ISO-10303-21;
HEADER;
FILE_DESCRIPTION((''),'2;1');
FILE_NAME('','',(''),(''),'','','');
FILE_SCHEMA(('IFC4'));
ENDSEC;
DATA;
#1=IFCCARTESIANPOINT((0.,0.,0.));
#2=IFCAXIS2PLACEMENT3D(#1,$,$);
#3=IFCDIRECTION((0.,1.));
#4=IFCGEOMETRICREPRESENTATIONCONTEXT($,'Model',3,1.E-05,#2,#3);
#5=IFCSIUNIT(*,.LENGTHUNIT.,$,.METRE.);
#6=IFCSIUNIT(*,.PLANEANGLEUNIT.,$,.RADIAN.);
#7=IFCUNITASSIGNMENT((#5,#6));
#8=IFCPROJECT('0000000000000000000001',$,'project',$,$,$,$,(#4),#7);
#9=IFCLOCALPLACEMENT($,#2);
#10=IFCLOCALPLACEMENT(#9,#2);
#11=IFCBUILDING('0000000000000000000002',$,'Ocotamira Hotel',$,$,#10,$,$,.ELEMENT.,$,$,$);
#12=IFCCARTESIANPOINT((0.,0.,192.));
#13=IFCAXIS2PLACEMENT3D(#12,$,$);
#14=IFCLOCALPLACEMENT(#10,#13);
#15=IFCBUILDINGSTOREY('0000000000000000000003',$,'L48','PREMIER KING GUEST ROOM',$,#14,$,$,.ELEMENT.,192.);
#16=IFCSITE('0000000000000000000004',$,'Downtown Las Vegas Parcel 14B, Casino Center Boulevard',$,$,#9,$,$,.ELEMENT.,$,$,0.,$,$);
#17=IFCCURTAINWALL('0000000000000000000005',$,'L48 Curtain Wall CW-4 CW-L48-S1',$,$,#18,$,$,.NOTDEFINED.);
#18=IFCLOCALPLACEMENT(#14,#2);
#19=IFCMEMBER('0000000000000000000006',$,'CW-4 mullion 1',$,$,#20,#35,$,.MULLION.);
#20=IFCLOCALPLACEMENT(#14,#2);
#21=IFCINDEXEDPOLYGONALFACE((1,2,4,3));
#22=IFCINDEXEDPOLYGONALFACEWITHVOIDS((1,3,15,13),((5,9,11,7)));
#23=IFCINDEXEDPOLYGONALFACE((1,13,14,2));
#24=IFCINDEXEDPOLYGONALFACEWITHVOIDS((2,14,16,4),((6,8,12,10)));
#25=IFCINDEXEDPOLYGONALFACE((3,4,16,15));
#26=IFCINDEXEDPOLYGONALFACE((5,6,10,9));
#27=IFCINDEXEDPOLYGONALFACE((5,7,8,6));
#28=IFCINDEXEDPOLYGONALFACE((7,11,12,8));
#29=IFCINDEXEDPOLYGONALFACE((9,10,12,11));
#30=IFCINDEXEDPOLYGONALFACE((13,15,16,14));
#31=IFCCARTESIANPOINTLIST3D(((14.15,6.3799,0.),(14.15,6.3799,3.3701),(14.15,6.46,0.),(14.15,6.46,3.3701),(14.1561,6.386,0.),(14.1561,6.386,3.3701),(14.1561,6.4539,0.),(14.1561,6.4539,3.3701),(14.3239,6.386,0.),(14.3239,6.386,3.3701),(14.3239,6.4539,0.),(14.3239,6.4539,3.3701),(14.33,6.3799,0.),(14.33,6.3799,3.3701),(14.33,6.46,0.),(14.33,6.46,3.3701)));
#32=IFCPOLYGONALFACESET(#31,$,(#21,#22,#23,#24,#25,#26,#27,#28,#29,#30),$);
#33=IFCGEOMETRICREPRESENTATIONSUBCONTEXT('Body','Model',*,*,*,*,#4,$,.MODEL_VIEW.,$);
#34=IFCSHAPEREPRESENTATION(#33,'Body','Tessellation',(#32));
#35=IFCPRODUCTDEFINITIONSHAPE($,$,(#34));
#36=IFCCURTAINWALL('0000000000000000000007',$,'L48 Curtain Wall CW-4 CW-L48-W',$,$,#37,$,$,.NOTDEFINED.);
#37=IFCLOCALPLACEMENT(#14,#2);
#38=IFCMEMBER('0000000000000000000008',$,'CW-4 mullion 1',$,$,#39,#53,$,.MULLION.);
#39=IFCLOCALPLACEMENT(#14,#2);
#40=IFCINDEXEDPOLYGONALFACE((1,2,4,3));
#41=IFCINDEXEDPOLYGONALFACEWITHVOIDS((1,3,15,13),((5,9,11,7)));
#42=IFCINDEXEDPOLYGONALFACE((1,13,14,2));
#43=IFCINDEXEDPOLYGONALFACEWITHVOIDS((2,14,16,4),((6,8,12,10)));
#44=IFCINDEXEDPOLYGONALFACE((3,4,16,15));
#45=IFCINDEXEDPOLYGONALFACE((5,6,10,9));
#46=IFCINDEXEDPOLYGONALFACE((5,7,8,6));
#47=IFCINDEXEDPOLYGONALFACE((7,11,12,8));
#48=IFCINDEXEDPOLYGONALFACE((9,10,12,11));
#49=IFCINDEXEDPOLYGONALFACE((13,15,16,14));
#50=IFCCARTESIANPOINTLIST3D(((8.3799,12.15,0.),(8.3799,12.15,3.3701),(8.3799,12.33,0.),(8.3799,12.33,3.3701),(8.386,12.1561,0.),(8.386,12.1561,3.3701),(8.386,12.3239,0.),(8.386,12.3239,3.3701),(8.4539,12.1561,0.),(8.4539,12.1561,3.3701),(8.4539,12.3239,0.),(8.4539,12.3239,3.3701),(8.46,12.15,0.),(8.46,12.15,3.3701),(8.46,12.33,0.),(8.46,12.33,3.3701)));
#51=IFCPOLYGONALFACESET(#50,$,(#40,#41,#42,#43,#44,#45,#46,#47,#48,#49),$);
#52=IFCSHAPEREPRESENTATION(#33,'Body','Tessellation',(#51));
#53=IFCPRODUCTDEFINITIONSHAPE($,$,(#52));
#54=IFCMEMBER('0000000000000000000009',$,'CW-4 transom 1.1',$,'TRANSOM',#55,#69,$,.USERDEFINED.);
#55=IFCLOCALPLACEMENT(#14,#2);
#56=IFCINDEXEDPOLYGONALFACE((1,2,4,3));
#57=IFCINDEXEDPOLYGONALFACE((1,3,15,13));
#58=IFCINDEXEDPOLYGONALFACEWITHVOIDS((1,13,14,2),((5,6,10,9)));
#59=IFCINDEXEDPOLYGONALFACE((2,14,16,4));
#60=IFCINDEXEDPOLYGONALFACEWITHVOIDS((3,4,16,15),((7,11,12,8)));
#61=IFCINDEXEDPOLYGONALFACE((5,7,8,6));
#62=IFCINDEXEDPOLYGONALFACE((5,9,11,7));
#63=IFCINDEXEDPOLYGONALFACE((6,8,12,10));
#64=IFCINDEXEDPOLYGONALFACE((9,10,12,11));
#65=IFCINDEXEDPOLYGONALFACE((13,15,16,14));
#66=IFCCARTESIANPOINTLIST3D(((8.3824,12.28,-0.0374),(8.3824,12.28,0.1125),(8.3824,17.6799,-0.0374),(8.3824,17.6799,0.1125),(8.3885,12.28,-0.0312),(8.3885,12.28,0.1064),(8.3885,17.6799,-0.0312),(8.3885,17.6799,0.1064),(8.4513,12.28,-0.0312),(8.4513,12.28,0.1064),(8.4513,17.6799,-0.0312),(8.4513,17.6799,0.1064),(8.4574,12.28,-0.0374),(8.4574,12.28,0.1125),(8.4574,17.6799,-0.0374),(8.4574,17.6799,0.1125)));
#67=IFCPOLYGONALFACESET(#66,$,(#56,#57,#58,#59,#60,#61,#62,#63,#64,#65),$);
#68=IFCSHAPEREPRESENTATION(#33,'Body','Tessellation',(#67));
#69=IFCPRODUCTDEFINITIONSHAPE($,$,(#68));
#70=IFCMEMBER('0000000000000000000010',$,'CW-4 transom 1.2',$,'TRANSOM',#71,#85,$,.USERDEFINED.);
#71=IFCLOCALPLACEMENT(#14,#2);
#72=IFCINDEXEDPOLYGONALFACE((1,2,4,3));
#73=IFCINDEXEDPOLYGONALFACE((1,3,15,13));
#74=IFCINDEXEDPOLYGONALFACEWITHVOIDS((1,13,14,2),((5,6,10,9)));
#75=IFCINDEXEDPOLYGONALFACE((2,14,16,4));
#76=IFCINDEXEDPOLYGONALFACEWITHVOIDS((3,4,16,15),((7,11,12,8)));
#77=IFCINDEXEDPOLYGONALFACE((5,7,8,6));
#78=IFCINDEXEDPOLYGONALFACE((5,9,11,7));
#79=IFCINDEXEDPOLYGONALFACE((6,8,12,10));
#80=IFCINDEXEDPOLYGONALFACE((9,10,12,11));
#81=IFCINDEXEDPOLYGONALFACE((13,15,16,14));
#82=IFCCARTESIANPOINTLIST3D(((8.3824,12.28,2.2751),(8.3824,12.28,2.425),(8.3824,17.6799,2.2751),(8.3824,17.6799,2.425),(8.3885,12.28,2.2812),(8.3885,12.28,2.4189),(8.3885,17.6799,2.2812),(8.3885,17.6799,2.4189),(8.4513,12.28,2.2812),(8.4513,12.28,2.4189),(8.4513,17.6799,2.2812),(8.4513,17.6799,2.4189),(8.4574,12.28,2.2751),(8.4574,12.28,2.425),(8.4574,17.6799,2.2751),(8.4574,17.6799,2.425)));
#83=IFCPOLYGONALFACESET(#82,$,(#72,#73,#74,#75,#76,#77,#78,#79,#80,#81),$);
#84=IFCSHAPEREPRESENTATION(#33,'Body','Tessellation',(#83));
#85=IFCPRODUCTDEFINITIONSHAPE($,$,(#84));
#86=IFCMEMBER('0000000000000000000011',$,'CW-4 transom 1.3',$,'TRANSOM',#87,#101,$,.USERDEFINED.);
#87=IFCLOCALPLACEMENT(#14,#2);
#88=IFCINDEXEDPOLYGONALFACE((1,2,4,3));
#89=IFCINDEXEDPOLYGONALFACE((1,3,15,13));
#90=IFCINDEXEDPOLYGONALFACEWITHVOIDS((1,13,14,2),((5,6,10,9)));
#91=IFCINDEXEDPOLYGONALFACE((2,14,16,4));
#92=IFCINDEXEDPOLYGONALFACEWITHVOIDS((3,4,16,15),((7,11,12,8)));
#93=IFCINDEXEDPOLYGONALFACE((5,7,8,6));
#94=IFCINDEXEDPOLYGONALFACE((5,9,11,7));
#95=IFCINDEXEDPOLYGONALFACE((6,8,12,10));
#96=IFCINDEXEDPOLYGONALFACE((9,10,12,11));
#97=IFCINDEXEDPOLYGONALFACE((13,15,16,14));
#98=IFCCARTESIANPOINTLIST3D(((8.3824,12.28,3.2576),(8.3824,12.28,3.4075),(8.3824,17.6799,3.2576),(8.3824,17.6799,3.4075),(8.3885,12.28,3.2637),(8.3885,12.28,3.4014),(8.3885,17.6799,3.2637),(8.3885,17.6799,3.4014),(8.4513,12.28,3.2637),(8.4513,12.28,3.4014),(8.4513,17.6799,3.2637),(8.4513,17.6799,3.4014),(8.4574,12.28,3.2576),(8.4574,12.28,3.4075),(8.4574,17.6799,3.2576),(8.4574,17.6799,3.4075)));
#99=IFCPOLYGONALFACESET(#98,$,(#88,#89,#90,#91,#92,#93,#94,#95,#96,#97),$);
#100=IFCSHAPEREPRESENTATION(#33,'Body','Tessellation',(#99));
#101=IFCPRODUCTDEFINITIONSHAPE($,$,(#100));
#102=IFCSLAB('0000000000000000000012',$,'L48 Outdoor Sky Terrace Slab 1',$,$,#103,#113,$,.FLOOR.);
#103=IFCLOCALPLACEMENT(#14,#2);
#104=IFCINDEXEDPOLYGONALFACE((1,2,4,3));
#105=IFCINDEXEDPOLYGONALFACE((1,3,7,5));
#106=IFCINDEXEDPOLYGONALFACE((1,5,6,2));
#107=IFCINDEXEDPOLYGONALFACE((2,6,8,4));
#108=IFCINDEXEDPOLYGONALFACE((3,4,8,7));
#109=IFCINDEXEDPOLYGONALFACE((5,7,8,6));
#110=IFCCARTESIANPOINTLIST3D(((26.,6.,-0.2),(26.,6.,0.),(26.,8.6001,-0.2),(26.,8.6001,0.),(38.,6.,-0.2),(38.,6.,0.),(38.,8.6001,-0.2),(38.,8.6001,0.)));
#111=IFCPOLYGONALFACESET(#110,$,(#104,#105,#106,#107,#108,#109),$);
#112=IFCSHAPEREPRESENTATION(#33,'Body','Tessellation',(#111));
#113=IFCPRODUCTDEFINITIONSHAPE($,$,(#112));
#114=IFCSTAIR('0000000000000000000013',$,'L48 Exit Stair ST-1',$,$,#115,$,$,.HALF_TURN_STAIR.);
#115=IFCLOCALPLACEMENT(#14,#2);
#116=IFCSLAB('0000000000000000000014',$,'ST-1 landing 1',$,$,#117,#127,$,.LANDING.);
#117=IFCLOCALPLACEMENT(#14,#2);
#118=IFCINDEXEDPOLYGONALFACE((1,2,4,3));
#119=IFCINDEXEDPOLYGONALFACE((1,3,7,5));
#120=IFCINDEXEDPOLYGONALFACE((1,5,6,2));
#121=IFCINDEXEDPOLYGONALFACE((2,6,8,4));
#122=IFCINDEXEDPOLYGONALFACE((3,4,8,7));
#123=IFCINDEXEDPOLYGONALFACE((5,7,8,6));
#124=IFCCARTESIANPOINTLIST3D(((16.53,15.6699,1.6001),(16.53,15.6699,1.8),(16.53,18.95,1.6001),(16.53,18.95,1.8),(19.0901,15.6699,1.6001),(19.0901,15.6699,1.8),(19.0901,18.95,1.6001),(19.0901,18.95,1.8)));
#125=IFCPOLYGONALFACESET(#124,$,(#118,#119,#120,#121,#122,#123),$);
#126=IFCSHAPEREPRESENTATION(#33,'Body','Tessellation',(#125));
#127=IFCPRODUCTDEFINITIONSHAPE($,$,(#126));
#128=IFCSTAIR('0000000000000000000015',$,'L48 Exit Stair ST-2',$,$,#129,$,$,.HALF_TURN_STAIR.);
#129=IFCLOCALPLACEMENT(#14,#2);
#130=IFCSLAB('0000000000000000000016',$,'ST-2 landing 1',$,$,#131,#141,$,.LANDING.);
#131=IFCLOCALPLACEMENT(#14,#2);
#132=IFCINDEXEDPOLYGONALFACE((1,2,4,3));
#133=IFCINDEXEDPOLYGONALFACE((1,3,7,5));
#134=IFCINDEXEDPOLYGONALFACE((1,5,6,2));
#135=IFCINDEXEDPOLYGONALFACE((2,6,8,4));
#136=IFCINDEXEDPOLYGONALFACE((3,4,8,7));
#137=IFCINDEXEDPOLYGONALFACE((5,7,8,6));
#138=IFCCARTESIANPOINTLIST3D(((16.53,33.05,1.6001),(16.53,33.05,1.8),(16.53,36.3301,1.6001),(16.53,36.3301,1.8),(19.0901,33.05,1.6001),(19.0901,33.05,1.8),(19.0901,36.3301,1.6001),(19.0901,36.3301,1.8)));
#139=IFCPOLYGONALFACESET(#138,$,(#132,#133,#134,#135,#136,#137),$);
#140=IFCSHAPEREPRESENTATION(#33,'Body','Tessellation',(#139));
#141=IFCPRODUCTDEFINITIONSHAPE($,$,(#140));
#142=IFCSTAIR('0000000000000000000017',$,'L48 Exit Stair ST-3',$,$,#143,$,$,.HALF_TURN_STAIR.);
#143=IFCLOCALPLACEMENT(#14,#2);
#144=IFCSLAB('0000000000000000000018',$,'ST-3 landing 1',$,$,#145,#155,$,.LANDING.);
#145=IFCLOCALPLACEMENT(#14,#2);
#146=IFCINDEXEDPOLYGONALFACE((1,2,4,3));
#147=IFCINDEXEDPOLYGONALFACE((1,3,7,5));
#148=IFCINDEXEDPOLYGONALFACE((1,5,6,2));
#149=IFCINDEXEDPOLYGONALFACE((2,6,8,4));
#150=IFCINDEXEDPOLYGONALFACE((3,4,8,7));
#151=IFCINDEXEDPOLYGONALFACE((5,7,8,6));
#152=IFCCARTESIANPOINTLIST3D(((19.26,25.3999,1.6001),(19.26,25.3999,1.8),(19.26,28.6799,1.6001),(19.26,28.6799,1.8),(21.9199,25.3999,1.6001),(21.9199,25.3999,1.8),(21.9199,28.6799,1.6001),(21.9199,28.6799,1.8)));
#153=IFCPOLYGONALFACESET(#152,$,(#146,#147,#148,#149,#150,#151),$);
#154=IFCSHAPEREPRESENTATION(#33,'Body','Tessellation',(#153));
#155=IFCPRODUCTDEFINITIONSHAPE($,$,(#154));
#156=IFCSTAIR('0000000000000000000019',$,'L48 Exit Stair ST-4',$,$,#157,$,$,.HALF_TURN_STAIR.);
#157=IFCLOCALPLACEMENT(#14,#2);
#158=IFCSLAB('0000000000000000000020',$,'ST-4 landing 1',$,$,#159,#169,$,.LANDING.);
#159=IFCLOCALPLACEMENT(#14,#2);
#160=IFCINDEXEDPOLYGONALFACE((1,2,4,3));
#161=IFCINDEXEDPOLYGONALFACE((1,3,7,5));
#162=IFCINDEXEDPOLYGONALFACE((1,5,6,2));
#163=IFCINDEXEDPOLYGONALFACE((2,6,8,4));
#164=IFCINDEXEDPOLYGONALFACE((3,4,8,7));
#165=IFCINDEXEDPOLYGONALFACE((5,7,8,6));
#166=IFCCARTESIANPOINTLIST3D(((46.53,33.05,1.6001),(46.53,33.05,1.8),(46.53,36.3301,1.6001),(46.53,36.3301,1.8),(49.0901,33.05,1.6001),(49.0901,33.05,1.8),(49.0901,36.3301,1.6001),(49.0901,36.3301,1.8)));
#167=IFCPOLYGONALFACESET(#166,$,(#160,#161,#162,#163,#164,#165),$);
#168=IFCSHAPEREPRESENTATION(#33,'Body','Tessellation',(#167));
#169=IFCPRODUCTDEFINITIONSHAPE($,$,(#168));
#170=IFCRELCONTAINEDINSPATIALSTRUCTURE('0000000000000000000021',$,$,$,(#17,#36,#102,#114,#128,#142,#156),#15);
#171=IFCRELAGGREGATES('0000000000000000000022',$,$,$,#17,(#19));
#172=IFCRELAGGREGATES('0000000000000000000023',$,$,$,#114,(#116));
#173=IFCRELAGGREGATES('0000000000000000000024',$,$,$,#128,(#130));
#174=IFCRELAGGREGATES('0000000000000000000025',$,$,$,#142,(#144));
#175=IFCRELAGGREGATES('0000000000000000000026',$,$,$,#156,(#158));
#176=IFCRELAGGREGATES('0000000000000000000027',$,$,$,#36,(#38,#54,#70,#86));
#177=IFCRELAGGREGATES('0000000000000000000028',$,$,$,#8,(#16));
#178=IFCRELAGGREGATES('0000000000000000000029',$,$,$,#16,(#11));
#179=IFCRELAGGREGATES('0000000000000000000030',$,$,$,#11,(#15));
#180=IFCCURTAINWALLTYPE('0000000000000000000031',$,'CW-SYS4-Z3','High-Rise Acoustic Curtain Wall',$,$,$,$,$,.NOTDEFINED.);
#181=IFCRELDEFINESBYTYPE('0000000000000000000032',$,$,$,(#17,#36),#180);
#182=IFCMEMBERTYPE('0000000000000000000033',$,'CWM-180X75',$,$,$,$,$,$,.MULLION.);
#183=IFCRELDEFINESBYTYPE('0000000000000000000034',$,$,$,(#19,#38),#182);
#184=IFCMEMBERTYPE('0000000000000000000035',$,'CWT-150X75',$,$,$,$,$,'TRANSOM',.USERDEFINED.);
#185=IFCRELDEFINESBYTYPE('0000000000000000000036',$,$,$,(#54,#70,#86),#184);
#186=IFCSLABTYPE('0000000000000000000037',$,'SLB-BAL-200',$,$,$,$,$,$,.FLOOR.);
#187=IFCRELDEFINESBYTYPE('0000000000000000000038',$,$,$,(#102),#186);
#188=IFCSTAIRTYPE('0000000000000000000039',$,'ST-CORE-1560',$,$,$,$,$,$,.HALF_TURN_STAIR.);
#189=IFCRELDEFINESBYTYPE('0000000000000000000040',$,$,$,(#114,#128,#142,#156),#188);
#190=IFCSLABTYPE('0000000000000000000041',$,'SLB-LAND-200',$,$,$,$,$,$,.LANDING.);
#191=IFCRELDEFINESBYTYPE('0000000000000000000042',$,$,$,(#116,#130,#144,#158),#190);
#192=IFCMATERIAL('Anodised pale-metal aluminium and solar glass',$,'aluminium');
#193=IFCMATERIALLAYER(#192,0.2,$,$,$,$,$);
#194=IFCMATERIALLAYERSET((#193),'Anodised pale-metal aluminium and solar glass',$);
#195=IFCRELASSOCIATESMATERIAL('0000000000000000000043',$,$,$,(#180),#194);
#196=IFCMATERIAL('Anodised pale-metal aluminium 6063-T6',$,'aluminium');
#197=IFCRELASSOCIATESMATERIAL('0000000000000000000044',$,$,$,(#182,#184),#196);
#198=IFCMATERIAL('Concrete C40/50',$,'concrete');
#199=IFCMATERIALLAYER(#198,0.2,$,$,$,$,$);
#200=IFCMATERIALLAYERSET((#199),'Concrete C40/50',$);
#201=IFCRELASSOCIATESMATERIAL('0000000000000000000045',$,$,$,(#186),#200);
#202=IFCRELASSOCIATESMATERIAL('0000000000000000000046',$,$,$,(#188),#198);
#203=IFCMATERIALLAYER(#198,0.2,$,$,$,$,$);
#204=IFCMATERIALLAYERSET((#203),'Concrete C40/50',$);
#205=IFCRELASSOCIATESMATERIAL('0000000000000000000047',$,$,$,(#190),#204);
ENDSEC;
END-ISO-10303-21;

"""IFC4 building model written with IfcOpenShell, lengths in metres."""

from ifc_helpers import new_model, si_unit, direction, frame, origin, origin_2d, place, context, subcontext, project, spatial, polyline, hollow_rectangle, outline, extrude, source, transform, mapped, material, layer, layer_set, material_profile, profile_set, type_object, element, aggregate, save


model = new_model("IFC4")

# Units and contexts
model_context = context("Model", 3, precision=1e-05, world=origin(), true_north=direction((0.0, 1.0)))
body_context = subcontext(model_context, "Body", "Model", "MODEL_VIEW")
ifc_project = project(units=[si_unit("LENGTHUNIT", "METRE"), si_unit("PLANEANGLEUNIT", "RADIAN")], contexts=[model_context])

# Site, building, storey
site_placement = place(None, origin())
site = spatial("IfcSite", under=ifc_project, at=site_placement, Name="Downtown Las Vegas Parcel 14B, Casino Center Boulevard", CompositionType="ELEMENT", RefElevation=0.0)
building_placement = place(site_placement, origin())
building = spatial("IfcBuilding", under=site, at=building_placement, Name="Ocotamira Hotel", CompositionType="ELEMENT")
storey_placement = place(building_placement, frame((0.0, 0.0, 192.0)))
storey = spatial("IfcBuildingStorey", under=building, at=storey_placement, Name="L48", Description="PREMIER KING GUEST ROOM", CompositionType="ELEMENT", Elevation=192.0)

# Curtain wall, member
ifc_material_1 = material(Name="Anodised pale-metal aluminium and solar glass", Category="aluminium")
ifc_layer_1 = layer(ifc_material_1, 0.2)
ifc_layer_set_1 = layer_set([ifc_layer_1], Name="Anodised pale-metal aluminium and solar glass")
curtain_wall_type = type_object("IfcCurtainWallType", Name="CW-SYS4-Z3", Description="High-Rise Acoustic Curtain Wall", PredefinedType="NOTDEFINED", material=ifc_layer_set_1)
curtain_wall_1_placement = place(storey_placement, origin())
curtain_wall_1 = element("IfcCurtainWall", 1, at=curtain_wall_1_placement, inside=storey, type_object=curtain_wall_type, Name="L48 Curtain Wall CW-4 CW-L48-S1", PredefinedType="NOTDEFINED")
ifc_material_2 = material(Name="Anodised pale-metal aluminium 6063-T6", Category="aluminium")
ifc_material_profile_1 = material_profile(ifc_material_2, hollow_rectangle(XDim=0.0801, YDim=0.1799, WallThickness=0.0061, at=origin_2d()), Name="HSS180X80X6")
ifc_profile_set_1 = profile_set([ifc_material_profile_1], Name="Anodised pale-metal aluminium 6063-T6")
member_type_1 = type_object("IfcMemberType", Name="CWM-180X75", PredefinedType="MULLION", material=ifc_profile_set_1)
shared_shape_1 = source(origin(), body_context, "Body", "SweptSolid", [
    extrude(hollow_rectangle(XDim=0.0801, YDim=0.1799, WallThickness=0.0061, at=origin_2d()), origin(), (0.0, 0.0, 1.0), 3.3701),
])
member_1_placement = place(storey_placement, frame((14.24, 6.4199, 0.0), z_axis=(0.0, 0.0, 1.0), x_axis=(0.0, 1.0, 0.0)))
member_1 = element("IfcMember", 2, at=member_1_placement, type_object=member_type_1, Name="CW-4 mullion 1", PredefinedType="MULLION", context=body_context, shape_type="MappedRepresentation", body=[
    mapped(shared_shape_1, transform((0.0, 0.0, 0.0), scale=1.0)),
])
aggregate(curtain_wall_1, [member_1])

# Curtain wall, members
curtain_wall_2_placement = place(storey_placement, origin())
curtain_wall_2 = element("IfcCurtainWall", 3, at=curtain_wall_2_placement, inside=storey, type_object=curtain_wall_type, Name="L48 Curtain Wall CW-4 CW-L48-W", PredefinedType="NOTDEFINED")
member_2_placement = place(storey_placement, frame((8.4199, 12.24, 0.0), z_axis=(0.0, 0.0, 1.0), x_axis=(-1.0, 0.0, 0.0)))
member_2 = element("IfcMember", 4, at=member_2_placement, type_object=member_type_1, Name="CW-4 mullion 1", PredefinedType="MULLION", context=body_context, shape_type="MappedRepresentation", body=[
    mapped(shared_shape_1, transform((0.0, 0.0, 0.0), scale=1.0)),
])
ifc_material_profile_2 = material_profile(ifc_material_2, hollow_rectangle(XDim=0.075, YDim=0.1499, WallThickness=0.0061, at=origin_2d()), Name="HSS150X75X6")
ifc_profile_set_2 = profile_set([ifc_material_profile_2], Name="Anodised pale-metal aluminium 6063-T6")
member_type_2 = type_object("IfcMemberType", Name="CWT-150X75", ElementType="TRANSOM", PredefinedType="USERDEFINED", material=ifc_profile_set_2)
shared_shape_2 = source(origin(), body_context, "Body", "SweptSolid", [
    extrude(hollow_rectangle(XDim=0.075, YDim=0.1499, WallThickness=0.0061, at=origin_2d()), origin(), (0.0, 0.0, 1.0), 5.3999),
])
member_3_placement = place(storey_placement, frame((8.4199, 12.28, 0.0376), z_axis=(0.0, 1.0, 0.0), x_axis=(-1.0, 0.0, 0.0)))
member_3 = element("IfcMember", 5, at=member_3_placement, type_object=member_type_2, Name="CW-4 transom 1.1", ObjectType="TRANSOM", PredefinedType="USERDEFINED", context=body_context, shape_type="MappedRepresentation", body=[
    mapped(shared_shape_2, transform((0.0, 0.0, 0.0), scale=1.0)),
])
member_4_placement = place(storey_placement, frame((8.4199, 12.28, 2.3501), z_axis=(0.0, 1.0, 0.0), x_axis=(-1.0, 0.0, 0.0)))
member_4 = element("IfcMember", 6, at=member_4_placement, type_object=member_type_2, Name="CW-4 transom 1.2", ObjectType="TRANSOM", PredefinedType="USERDEFINED", context=body_context, shape_type="MappedRepresentation", body=[
    mapped(shared_shape_2, transform((0.0, 0.0, 0.0), scale=1.0)),
])
member_5_placement = place(storey_placement, frame((8.4199, 12.28, 3.3325), z_axis=(0.0, 1.0, 0.0), x_axis=(-1.0, 0.0, 0.0)))
member_5 = element("IfcMember", 7, at=member_5_placement, type_object=member_type_2, Name="CW-4 transom 1.3", ObjectType="TRANSOM", PredefinedType="USERDEFINED", context=body_context, shape_type="MappedRepresentation", body=[
    mapped(shared_shape_2, transform((0.0, 0.0, 0.0), scale=1.0)),
])

# Slab
ifc_material_3 = material(Name="Concrete C40/50", Category="concrete")
ifc_layer_2 = layer(ifc_material_3, 0.2)
ifc_layer_set_2 = layer_set([ifc_layer_2], Name="Concrete C40/50")
slab_type_1 = type_object("IfcSlabType", Name="SLB-BAL-200", PredefinedType="FLOOR", material=ifc_layer_set_2)
slab_1_placement = place(storey_placement, frame((0.0, 0.0, -0.2)))
element("IfcSlab", 8, at=slab_1_placement, inside=storey, type_object=slab_type_1, Name="L48 Outdoor Sky Terrace Slab 1", PredefinedType="FLOOR", context=body_context, shape_type="SweptSolid", body=[
    extrude(outline(polyline([(26.0, 6.0), (38.0, 6.0), (38.0, 8.6001), (26.0, 8.6001), (26.0, 6.0)])), origin(), (0.0, 0.0, 1.0), 0.2),
])

# Stairs, slabs
stair_type = type_object("IfcStairType", Name="ST-CORE-1560", PredefinedType="HALF_TURN_STAIR", material=ifc_material_3)
stair_1_placement = place(storey_placement, origin())
stair_1 = element("IfcStair", 9, at=stair_1_placement, inside=storey, type_object=stair_type, Name="L48 Exit Stair ST-1", PredefinedType="HALF_TURN_STAIR")
ifc_layer_3 = layer(ifc_material_3, 0.2)
ifc_layer_set_3 = layer_set([ifc_layer_3], Name="Concrete C40/50")
slab_type_2 = type_object("IfcSlabType", Name="SLB-LAND-200", PredefinedType="LANDING", material=ifc_layer_set_3)
slab_2_placement = place(storey_placement, frame((0.0, 0.0, 1.6001)))
slab_2 = element("IfcSlab", 10, at=slab_2_placement, type_object=slab_type_2, Name="ST-1 landing 1", PredefinedType="LANDING", context=body_context, shape_type="SweptSolid", body=[
    extrude(outline(polyline([(16.53, 15.6699), (19.0901, 15.6699), (19.0901, 18.95), (16.53, 18.95), (16.53, 15.6699)])), origin(), (0.0, 0.0, 1.0), 0.2),
])
aggregate(stair_1, [slab_2])
stair_2_placement = place(storey_placement, origin())
stair_2 = element("IfcStair", 11, at=stair_2_placement, inside=storey, type_object=stair_type, Name="L48 Exit Stair ST-2", PredefinedType="HALF_TURN_STAIR")
slab_3_placement = place(storey_placement, frame((0.0, 0.0, 1.6001)))
slab_3 = element("IfcSlab", 12, at=slab_3_placement, type_object=slab_type_2, Name="ST-2 landing 1", PredefinedType="LANDING", context=body_context, shape_type="SweptSolid", body=[
    extrude(outline(polyline([(16.53, 33.05), (19.0901, 33.05), (19.0901, 36.3301), (16.53, 36.3301), (16.53, 33.05)])), origin(), (0.0, 0.0, 1.0), 0.2),
])
aggregate(stair_2, [slab_3])
stair_3_placement = place(storey_placement, origin())
stair_3 = element("IfcStair", 13, at=stair_3_placement, inside=storey, type_object=stair_type, Name="L48 Exit Stair ST-3", PredefinedType="HALF_TURN_STAIR")
slab_4_placement = place(storey_placement, frame((0.0, 0.0, 1.6001)))
slab_4 = element("IfcSlab", 14, at=slab_4_placement, type_object=slab_type_2, Name="ST-3 landing 1", PredefinedType="LANDING", context=body_context, shape_type="SweptSolid", body=[
    extrude(outline(polyline([(19.26, 25.3999), (21.9199, 25.3999), (21.9199, 28.6799), (19.26, 28.6799), (19.26, 25.3999)])), origin(), (0.0, 0.0, 1.0), 0.2),
])
aggregate(stair_3, [slab_4])
stair_4_placement = place(storey_placement, origin())
stair_4 = element("IfcStair", 15, at=stair_4_placement, inside=storey, type_object=stair_type, Name="L48 Exit Stair ST-4", PredefinedType="HALF_TURN_STAIR")
slab_5_placement = place(storey_placement, frame((0.0, 0.0, 1.6001)))
slab_5 = element("IfcSlab", 16, at=slab_5_placement, type_object=slab_type_2, Name="ST-4 landing 1", PredefinedType="LANDING", context=body_context, shape_type="SweptSolid", body=[
    extrude(outline(polyline([(46.53, 33.05), (49.0901, 33.05), (49.0901, 36.3301), (46.53, 36.3301), (46.53, 33.05)])), origin(), (0.0, 0.0, 1.0), 0.2),
])
aggregate(stair_4, [slab_5])

aggregate(curtain_wall_2, [member_2, member_3, member_4, member_5])

save(model, "model.ifc")
